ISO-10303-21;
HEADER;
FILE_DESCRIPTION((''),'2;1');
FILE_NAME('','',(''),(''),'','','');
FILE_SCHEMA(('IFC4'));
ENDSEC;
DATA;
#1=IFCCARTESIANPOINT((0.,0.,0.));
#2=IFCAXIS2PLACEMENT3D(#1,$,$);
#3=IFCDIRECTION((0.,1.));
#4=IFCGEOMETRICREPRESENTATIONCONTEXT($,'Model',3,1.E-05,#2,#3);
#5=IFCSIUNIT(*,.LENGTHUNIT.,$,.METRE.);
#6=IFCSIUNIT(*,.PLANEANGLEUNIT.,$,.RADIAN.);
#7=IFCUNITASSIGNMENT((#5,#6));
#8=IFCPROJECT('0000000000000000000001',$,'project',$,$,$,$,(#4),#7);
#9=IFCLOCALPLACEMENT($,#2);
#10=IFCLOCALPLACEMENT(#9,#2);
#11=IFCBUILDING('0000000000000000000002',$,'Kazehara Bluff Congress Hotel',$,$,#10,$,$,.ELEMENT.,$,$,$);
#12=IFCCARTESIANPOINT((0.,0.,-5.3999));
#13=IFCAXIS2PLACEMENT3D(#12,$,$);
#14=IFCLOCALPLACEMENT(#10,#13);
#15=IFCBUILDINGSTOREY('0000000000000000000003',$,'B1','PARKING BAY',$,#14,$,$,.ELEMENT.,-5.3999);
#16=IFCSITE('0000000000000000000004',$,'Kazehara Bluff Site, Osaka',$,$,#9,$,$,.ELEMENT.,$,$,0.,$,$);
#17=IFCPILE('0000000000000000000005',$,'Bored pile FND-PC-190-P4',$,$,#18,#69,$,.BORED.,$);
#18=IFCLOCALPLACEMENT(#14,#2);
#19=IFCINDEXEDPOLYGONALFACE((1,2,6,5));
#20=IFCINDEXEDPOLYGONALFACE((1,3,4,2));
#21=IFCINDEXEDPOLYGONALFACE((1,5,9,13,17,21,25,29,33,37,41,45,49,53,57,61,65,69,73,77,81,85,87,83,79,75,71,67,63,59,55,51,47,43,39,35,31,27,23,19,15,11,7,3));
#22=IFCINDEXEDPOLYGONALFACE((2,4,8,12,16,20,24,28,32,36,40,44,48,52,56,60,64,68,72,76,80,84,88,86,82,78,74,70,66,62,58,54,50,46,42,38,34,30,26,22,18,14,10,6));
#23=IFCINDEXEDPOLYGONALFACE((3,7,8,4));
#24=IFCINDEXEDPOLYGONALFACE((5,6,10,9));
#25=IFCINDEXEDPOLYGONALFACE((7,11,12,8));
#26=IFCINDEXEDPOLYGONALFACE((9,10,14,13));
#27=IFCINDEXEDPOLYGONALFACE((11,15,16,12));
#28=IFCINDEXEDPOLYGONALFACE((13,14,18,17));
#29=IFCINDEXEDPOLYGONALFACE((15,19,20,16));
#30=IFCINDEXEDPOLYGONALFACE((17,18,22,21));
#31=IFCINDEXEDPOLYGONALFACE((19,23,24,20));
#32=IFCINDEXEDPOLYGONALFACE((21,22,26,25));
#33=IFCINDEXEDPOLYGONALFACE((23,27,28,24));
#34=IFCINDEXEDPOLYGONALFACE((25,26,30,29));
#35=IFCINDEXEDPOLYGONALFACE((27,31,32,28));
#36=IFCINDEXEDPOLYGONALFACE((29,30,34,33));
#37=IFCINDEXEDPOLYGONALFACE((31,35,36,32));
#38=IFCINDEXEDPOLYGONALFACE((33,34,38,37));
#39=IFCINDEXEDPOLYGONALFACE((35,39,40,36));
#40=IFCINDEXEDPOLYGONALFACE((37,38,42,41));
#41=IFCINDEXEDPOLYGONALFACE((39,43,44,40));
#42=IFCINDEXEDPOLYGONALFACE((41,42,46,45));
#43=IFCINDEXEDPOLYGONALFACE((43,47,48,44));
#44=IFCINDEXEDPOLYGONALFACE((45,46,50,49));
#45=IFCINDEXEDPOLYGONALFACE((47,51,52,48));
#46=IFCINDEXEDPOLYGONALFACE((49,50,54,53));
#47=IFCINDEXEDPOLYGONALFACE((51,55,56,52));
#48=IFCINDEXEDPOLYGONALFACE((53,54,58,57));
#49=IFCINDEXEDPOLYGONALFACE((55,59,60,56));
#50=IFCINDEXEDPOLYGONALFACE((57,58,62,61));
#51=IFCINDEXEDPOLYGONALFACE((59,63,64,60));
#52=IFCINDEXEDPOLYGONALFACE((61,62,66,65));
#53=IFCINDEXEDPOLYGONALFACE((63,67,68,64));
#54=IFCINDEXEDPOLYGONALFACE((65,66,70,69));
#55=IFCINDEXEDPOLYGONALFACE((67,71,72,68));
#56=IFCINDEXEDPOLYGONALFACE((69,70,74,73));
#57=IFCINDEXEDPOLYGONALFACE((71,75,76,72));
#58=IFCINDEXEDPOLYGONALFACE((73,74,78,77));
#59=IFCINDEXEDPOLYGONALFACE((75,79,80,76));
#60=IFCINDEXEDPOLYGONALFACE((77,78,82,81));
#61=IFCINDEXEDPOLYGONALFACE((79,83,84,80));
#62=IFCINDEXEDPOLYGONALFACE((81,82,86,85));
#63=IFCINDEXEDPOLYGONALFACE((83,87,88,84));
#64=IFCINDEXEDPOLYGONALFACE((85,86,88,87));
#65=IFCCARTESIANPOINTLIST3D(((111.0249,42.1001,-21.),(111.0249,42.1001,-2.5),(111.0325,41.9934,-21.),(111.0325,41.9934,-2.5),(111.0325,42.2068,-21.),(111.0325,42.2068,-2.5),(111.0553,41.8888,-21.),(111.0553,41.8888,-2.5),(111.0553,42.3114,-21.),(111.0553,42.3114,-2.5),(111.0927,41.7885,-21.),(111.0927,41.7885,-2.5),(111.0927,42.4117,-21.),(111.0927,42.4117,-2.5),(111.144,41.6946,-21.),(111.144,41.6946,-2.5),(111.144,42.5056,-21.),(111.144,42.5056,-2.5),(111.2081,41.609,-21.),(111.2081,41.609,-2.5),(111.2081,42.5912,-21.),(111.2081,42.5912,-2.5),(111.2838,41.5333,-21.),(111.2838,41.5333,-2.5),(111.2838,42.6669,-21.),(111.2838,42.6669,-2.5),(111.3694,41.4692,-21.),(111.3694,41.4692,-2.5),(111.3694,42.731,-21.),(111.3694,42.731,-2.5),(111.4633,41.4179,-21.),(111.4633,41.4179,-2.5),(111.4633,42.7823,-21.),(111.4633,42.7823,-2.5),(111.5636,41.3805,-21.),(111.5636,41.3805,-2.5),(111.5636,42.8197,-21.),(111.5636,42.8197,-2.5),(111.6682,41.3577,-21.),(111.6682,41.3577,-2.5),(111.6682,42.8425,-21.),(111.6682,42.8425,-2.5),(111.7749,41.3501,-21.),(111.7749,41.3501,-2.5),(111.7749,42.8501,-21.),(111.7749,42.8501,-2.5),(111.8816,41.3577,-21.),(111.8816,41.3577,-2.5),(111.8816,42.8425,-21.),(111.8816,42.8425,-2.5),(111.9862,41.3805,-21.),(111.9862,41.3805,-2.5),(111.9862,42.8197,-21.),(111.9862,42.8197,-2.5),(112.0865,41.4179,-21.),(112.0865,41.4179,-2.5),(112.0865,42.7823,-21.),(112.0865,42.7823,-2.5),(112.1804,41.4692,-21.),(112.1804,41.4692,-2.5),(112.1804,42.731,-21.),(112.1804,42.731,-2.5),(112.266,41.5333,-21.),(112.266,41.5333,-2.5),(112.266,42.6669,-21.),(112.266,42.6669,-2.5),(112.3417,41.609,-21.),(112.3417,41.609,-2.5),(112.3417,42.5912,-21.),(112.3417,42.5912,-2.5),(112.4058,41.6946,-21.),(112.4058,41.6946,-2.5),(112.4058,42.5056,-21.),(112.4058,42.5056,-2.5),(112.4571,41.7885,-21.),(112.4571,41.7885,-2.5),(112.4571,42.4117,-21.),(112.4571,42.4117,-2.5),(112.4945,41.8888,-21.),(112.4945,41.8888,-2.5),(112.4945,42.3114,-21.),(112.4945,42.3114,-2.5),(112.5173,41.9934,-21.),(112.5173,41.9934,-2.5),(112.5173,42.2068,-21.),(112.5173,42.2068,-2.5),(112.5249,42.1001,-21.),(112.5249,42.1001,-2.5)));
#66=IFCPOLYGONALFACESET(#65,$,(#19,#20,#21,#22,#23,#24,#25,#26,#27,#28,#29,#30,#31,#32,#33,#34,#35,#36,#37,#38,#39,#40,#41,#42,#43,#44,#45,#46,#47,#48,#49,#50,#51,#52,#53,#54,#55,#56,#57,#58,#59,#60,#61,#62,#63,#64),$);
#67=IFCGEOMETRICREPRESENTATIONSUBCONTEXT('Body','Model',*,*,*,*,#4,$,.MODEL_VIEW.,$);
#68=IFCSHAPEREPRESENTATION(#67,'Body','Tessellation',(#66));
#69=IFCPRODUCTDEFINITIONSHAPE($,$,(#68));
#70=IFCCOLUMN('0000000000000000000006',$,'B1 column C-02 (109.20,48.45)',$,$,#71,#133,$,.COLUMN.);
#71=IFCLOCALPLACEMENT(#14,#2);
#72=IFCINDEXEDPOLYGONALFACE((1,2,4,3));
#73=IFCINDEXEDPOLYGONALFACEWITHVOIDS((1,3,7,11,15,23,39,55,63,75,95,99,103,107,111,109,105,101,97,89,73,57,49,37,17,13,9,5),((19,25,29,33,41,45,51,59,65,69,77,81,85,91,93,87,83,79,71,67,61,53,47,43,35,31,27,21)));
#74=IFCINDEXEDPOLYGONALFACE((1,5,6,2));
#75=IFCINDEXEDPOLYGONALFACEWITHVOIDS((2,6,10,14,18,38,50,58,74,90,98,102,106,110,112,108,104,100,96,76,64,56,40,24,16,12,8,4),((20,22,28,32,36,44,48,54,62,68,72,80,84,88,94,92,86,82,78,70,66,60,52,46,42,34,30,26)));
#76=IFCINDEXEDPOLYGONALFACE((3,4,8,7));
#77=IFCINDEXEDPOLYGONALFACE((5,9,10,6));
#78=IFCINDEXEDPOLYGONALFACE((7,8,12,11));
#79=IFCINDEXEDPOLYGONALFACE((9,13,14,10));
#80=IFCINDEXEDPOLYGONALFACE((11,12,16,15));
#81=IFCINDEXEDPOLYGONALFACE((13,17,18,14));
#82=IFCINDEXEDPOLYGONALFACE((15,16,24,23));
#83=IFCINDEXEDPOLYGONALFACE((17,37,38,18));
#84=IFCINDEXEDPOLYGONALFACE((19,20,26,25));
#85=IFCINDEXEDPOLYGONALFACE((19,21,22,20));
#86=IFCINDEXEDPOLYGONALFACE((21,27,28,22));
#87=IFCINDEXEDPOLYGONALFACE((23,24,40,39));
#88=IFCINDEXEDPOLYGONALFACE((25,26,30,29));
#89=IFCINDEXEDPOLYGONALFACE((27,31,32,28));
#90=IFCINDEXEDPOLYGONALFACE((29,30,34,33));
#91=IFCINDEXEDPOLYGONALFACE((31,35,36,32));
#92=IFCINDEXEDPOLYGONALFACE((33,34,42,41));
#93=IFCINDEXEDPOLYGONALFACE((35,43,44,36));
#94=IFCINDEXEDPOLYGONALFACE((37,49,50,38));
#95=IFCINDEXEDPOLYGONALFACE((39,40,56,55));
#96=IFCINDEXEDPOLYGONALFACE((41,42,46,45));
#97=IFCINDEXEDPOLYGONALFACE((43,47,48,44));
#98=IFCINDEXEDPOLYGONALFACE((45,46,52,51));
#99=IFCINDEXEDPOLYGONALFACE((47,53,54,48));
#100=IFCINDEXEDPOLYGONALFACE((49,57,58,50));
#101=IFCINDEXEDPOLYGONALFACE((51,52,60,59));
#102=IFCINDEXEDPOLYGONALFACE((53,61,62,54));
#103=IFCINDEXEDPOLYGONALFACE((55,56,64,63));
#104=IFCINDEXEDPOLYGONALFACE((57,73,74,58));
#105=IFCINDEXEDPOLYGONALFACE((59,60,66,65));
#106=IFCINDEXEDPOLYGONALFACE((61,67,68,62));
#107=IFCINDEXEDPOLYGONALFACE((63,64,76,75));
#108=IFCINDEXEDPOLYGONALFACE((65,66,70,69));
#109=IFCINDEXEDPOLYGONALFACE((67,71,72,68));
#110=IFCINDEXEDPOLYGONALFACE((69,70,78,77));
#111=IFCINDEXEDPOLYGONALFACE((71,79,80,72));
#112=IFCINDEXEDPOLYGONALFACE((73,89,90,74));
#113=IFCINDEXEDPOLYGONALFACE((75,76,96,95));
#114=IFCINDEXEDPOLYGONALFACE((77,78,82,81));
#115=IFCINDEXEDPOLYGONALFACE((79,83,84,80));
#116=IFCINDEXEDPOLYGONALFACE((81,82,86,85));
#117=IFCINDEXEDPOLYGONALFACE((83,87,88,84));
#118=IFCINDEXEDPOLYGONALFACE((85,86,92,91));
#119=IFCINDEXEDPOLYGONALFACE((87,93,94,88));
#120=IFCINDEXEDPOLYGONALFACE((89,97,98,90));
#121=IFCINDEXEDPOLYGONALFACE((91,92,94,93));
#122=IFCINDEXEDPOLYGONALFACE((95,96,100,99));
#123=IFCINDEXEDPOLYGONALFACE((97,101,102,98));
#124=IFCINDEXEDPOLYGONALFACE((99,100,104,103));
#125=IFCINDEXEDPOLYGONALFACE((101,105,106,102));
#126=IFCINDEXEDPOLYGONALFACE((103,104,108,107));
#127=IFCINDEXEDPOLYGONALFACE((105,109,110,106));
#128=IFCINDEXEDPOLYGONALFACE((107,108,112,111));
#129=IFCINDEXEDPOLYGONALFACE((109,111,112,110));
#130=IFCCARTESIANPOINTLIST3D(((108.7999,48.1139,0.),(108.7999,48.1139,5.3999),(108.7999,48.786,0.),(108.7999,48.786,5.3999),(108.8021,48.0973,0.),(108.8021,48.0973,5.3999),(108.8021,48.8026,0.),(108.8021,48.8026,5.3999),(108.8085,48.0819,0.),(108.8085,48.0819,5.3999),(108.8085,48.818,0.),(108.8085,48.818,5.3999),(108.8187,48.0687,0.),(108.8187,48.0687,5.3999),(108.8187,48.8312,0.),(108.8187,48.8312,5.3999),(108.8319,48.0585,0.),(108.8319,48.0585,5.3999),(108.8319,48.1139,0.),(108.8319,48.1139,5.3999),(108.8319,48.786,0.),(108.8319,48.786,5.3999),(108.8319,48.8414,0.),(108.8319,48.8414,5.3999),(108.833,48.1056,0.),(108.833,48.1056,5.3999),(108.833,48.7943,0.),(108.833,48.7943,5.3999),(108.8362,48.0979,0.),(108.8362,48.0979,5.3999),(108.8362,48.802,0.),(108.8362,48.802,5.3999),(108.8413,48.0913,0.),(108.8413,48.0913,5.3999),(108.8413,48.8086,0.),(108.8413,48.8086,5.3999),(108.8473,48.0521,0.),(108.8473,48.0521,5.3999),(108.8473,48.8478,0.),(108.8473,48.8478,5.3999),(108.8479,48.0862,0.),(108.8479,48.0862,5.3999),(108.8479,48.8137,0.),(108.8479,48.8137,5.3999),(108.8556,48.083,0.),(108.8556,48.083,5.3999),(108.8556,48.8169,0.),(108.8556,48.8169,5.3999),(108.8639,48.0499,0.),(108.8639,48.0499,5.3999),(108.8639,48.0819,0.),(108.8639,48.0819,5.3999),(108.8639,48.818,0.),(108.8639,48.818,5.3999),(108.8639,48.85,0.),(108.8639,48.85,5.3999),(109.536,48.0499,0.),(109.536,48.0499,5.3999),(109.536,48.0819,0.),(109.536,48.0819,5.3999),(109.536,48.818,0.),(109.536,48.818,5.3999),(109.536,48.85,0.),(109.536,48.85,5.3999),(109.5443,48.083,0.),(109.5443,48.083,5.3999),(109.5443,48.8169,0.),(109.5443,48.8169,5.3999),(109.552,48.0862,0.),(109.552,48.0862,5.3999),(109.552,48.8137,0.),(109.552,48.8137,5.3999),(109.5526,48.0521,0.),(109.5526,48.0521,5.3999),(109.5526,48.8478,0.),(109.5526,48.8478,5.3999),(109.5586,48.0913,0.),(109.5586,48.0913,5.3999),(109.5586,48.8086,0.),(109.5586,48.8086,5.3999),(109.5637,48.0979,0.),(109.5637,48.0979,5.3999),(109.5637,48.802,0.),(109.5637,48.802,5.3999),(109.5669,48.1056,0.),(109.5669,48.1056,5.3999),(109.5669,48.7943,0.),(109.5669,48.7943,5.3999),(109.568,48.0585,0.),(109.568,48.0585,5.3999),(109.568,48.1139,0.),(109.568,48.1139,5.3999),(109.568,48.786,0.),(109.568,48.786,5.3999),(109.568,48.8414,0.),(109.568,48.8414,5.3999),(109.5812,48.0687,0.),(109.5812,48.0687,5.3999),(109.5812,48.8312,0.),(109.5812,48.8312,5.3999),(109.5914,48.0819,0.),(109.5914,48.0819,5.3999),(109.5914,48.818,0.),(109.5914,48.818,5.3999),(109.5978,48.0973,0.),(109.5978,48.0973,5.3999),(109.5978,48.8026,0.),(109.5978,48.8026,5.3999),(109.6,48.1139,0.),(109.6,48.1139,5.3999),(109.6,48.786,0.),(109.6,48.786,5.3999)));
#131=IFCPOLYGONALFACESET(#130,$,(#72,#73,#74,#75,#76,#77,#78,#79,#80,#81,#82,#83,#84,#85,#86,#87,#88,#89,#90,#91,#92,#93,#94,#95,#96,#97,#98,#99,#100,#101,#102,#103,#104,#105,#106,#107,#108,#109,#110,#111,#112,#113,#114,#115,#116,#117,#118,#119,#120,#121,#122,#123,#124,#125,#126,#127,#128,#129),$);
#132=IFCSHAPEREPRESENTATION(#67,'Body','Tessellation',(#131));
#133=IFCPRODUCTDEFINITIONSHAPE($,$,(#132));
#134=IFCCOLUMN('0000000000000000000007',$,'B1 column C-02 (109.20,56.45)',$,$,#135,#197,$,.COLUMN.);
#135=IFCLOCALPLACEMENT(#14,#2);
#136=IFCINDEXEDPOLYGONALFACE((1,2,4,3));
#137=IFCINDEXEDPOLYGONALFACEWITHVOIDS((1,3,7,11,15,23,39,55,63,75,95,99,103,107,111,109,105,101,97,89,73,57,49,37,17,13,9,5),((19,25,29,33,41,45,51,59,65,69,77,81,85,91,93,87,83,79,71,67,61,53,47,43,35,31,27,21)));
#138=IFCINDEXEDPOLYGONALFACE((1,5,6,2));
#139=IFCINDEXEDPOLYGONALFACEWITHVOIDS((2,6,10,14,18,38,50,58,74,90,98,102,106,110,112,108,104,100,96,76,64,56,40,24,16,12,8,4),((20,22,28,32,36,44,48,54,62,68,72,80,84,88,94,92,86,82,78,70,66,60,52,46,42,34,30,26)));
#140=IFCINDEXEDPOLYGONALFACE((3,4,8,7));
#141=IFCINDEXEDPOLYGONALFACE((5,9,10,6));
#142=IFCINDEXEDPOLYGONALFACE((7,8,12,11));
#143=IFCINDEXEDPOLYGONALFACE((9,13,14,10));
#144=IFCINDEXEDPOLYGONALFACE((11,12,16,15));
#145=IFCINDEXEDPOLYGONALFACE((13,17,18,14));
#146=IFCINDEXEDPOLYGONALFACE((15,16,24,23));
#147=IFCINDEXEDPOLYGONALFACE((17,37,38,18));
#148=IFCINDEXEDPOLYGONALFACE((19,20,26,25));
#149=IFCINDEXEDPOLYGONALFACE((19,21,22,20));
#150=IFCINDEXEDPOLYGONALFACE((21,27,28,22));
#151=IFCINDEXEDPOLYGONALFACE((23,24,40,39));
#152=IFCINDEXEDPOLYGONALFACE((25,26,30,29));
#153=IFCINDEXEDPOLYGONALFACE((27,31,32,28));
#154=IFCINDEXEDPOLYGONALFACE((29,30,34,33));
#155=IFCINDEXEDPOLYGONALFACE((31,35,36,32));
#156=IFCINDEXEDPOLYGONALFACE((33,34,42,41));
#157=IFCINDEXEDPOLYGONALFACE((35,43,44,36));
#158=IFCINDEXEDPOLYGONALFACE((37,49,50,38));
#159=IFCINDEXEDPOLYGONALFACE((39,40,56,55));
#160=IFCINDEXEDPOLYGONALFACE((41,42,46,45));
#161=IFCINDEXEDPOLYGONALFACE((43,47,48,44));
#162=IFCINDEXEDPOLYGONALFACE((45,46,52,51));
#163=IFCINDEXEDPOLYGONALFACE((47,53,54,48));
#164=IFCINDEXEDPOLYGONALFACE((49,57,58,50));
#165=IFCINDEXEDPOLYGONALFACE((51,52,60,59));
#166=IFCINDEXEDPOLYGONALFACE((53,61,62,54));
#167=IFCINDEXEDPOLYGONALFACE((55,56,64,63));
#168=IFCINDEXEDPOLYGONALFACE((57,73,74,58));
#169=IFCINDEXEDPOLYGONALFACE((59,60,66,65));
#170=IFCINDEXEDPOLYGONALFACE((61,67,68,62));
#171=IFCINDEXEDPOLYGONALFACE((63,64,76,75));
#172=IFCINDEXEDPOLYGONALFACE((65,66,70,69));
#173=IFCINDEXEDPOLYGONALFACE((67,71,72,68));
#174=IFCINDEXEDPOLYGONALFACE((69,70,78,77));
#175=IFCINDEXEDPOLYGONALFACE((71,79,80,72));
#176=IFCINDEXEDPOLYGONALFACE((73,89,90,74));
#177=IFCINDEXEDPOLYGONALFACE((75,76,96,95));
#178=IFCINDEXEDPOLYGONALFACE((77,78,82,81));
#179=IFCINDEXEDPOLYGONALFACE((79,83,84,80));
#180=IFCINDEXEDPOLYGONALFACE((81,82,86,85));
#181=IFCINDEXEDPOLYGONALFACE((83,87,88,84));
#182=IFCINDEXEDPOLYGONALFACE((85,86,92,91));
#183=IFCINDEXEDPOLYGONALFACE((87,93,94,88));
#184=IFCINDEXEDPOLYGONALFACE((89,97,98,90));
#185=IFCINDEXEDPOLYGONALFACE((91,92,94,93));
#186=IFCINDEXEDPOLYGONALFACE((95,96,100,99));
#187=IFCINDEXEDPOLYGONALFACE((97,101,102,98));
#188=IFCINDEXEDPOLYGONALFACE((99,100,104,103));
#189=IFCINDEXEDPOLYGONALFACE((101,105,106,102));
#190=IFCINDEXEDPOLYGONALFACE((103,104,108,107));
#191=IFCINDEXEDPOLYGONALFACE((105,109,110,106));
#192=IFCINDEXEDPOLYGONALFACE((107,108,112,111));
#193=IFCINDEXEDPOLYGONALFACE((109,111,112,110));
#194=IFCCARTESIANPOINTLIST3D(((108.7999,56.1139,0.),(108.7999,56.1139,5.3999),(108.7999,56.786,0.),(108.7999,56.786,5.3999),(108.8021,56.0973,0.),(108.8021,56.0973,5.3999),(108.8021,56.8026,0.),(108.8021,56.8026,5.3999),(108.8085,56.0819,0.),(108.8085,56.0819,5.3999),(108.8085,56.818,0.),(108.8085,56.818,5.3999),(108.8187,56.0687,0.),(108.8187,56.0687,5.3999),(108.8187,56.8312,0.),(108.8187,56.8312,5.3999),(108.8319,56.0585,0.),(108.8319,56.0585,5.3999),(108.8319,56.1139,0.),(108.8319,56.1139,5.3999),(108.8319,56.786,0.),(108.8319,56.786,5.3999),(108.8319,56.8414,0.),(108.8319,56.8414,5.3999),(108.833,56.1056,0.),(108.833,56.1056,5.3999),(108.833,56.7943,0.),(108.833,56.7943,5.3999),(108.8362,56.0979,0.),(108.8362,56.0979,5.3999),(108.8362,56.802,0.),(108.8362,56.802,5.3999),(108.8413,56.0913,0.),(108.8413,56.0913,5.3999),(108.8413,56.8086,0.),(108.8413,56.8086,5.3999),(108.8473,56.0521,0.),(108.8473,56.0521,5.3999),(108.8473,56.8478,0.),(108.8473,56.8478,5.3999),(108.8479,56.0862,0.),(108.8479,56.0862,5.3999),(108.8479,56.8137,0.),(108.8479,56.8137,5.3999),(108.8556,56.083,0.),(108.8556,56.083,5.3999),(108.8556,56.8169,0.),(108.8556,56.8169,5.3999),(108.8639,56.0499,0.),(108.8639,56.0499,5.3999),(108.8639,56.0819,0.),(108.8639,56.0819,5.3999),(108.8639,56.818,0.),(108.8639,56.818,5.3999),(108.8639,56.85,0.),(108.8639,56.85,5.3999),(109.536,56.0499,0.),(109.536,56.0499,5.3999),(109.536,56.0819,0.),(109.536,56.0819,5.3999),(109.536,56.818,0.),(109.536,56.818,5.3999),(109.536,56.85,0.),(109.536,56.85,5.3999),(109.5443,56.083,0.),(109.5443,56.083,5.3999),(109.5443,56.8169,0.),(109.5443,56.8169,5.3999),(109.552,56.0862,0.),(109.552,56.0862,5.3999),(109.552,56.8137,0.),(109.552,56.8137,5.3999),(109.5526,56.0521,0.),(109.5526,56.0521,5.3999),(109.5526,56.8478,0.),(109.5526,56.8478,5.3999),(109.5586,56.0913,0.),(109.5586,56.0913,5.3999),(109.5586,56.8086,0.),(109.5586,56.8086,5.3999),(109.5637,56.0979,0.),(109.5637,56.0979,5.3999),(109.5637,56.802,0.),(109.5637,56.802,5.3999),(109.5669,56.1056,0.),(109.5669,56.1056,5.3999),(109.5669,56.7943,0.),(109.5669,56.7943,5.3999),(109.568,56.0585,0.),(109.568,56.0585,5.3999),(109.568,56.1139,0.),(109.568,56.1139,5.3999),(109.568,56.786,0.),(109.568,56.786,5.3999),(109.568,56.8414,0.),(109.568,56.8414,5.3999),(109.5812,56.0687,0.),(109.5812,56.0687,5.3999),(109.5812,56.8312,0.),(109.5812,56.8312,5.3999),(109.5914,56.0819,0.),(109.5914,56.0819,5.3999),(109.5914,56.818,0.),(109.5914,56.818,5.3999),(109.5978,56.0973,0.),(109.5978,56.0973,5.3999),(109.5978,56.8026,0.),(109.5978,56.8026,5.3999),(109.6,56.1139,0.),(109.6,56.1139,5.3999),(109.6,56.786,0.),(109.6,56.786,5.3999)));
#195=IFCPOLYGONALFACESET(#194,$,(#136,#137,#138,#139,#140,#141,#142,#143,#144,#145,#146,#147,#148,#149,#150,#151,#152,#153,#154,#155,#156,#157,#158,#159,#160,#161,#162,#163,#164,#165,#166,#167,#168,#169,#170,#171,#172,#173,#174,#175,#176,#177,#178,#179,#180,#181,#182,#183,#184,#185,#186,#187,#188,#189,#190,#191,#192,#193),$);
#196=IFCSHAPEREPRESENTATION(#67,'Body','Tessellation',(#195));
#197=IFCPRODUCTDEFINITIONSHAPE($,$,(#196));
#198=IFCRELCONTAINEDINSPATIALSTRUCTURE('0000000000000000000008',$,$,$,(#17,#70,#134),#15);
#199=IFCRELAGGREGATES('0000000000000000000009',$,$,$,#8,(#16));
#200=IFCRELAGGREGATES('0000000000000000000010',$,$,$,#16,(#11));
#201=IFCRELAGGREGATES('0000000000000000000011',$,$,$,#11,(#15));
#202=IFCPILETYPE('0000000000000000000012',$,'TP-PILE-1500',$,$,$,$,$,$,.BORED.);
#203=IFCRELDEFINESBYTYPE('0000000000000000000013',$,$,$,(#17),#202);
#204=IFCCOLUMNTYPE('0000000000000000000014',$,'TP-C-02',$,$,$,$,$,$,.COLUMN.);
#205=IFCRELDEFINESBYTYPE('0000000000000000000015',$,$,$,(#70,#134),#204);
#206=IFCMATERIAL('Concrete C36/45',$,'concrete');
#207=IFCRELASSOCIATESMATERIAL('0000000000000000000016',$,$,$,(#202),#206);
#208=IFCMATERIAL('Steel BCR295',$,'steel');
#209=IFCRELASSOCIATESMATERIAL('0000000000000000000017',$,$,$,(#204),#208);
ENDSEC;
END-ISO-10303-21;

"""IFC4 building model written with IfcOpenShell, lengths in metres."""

from ifc_helpers import new_model, si_unit, direction, frame, origin, origin_2d, place, context, subcontext, project, spatial, hollow_rectangle, circle, extrude, material, material_profile, profile_set, type_object, element, save


model = new_model("IFC4")

# Units and contexts
model_context = context("Model", 3, precision=1e-05, world=origin(), true_north=direction((0.0, 1.0)))
body_context = subcontext(model_context, "Body", "Model", "MODEL_VIEW")
ifc_project = project(units=[si_unit("LENGTHUNIT", "METRE"), si_unit("PLANEANGLEUNIT", "RADIAN")], contexts=[model_context])

# Site, building, storey
site_placement = place(None, origin())
site = spatial("IfcSite", under=ifc_project, at=site_placement, Name="Kazehara Bluff Site, Osaka", CompositionType="ELEMENT", RefElevation=0.0)
building_placement = place(site_placement, origin())
building = spatial("IfcBuilding", under=site, at=building_placement, Name="Kazehara Bluff Congress Hotel", CompositionType="ELEMENT")
storey_placement = place(building_placement, frame((0.0, 0.0, -5.3999)))
storey = spatial("IfcBuildingStorey", under=building, at=storey_placement, Name="B1", Description="PARKING BAY", CompositionType="ELEMENT", Elevation=-5.3999)

# Pile
ifc_material_1 = material(Name="Concrete C36/45", Category="concrete")
ifc_material_profile_1 = material_profile(ifc_material_1, circle(Radius=0.75, at=origin_2d()))
ifc_profile_set_1 = profile_set([ifc_material_profile_1], Name="Concrete C36/45")
pile_type_1 = type_object("IfcPileType", Name="TP-PILE-1500", PredefinedType="BORED", material=ifc_profile_set_1)
pile_placement = place(storey_placement, frame((111.7749, 42.1001, -2.5), z_axis=(0.0, 0.0, -1.0), x_axis=(1.0, 0.0, 0.0)))
element("IfcPile", 1, at=pile_placement, inside=storey, type_object=pile_type_1, Name="Bored pile FND-PC-190-P4", PredefinedType="BORED", context=body_context, shape_type="SweptSolid", body=[
    extrude(circle(Radius=0.75, at=origin_2d()), origin(), (0.0, 0.0, 1.0), 18.5),
])

# Columns
ifc_material_2 = material(Name="Steel BCR295", Category="steel")
ifc_material_profile_2 = material_profile(ifc_material_2, hollow_rectangle(XDim=0.8, YDim=0.8, WallThickness=0.032, InnerFilletRadius=0.032, OuterFilletRadius=0.064, at=origin_2d()))
ifc_profile_set_2 = profile_set([ifc_material_profile_2], Name="Steel BCR295")
column_type_1 = type_object("IfcColumnType", Name="TP-C-02", PredefinedType="COLUMN", material=ifc_profile_set_2)
for number, where, z_axis, x_axis, name in (
    (2, (109.2, 48.45, 0.0), (0.0, 0.0, 1.0), (1.0, 0.0, 0.0), "B1 column C-02 (109.20,48.45)"),
    (3, (109.2, 56.45, 0.0), (0.0, 0.0, 1.0), (1.0, 0.0, 0.0), "B1 column C-02 (109.20,56.45)"),
):
    element("IfcColumn", number, at=place(storey_placement, frame(where, z_axis=z_axis, x_axis=x_axis)), inside=storey, type_object=column_type_1, Name=name, PredefinedType="COLUMN", context=body_context, shape_type="SweptSolid", body=[
        extrude(hollow_rectangle(XDim=0.8, YDim=0.8, WallThickness=0.032, InnerFilletRadius=0.032, OuterFilletRadius=0.064, at=origin_2d()), origin(), (0.0, 0.0, 1.0), 5.3999),
    ])

save(model, "model.ifc")
